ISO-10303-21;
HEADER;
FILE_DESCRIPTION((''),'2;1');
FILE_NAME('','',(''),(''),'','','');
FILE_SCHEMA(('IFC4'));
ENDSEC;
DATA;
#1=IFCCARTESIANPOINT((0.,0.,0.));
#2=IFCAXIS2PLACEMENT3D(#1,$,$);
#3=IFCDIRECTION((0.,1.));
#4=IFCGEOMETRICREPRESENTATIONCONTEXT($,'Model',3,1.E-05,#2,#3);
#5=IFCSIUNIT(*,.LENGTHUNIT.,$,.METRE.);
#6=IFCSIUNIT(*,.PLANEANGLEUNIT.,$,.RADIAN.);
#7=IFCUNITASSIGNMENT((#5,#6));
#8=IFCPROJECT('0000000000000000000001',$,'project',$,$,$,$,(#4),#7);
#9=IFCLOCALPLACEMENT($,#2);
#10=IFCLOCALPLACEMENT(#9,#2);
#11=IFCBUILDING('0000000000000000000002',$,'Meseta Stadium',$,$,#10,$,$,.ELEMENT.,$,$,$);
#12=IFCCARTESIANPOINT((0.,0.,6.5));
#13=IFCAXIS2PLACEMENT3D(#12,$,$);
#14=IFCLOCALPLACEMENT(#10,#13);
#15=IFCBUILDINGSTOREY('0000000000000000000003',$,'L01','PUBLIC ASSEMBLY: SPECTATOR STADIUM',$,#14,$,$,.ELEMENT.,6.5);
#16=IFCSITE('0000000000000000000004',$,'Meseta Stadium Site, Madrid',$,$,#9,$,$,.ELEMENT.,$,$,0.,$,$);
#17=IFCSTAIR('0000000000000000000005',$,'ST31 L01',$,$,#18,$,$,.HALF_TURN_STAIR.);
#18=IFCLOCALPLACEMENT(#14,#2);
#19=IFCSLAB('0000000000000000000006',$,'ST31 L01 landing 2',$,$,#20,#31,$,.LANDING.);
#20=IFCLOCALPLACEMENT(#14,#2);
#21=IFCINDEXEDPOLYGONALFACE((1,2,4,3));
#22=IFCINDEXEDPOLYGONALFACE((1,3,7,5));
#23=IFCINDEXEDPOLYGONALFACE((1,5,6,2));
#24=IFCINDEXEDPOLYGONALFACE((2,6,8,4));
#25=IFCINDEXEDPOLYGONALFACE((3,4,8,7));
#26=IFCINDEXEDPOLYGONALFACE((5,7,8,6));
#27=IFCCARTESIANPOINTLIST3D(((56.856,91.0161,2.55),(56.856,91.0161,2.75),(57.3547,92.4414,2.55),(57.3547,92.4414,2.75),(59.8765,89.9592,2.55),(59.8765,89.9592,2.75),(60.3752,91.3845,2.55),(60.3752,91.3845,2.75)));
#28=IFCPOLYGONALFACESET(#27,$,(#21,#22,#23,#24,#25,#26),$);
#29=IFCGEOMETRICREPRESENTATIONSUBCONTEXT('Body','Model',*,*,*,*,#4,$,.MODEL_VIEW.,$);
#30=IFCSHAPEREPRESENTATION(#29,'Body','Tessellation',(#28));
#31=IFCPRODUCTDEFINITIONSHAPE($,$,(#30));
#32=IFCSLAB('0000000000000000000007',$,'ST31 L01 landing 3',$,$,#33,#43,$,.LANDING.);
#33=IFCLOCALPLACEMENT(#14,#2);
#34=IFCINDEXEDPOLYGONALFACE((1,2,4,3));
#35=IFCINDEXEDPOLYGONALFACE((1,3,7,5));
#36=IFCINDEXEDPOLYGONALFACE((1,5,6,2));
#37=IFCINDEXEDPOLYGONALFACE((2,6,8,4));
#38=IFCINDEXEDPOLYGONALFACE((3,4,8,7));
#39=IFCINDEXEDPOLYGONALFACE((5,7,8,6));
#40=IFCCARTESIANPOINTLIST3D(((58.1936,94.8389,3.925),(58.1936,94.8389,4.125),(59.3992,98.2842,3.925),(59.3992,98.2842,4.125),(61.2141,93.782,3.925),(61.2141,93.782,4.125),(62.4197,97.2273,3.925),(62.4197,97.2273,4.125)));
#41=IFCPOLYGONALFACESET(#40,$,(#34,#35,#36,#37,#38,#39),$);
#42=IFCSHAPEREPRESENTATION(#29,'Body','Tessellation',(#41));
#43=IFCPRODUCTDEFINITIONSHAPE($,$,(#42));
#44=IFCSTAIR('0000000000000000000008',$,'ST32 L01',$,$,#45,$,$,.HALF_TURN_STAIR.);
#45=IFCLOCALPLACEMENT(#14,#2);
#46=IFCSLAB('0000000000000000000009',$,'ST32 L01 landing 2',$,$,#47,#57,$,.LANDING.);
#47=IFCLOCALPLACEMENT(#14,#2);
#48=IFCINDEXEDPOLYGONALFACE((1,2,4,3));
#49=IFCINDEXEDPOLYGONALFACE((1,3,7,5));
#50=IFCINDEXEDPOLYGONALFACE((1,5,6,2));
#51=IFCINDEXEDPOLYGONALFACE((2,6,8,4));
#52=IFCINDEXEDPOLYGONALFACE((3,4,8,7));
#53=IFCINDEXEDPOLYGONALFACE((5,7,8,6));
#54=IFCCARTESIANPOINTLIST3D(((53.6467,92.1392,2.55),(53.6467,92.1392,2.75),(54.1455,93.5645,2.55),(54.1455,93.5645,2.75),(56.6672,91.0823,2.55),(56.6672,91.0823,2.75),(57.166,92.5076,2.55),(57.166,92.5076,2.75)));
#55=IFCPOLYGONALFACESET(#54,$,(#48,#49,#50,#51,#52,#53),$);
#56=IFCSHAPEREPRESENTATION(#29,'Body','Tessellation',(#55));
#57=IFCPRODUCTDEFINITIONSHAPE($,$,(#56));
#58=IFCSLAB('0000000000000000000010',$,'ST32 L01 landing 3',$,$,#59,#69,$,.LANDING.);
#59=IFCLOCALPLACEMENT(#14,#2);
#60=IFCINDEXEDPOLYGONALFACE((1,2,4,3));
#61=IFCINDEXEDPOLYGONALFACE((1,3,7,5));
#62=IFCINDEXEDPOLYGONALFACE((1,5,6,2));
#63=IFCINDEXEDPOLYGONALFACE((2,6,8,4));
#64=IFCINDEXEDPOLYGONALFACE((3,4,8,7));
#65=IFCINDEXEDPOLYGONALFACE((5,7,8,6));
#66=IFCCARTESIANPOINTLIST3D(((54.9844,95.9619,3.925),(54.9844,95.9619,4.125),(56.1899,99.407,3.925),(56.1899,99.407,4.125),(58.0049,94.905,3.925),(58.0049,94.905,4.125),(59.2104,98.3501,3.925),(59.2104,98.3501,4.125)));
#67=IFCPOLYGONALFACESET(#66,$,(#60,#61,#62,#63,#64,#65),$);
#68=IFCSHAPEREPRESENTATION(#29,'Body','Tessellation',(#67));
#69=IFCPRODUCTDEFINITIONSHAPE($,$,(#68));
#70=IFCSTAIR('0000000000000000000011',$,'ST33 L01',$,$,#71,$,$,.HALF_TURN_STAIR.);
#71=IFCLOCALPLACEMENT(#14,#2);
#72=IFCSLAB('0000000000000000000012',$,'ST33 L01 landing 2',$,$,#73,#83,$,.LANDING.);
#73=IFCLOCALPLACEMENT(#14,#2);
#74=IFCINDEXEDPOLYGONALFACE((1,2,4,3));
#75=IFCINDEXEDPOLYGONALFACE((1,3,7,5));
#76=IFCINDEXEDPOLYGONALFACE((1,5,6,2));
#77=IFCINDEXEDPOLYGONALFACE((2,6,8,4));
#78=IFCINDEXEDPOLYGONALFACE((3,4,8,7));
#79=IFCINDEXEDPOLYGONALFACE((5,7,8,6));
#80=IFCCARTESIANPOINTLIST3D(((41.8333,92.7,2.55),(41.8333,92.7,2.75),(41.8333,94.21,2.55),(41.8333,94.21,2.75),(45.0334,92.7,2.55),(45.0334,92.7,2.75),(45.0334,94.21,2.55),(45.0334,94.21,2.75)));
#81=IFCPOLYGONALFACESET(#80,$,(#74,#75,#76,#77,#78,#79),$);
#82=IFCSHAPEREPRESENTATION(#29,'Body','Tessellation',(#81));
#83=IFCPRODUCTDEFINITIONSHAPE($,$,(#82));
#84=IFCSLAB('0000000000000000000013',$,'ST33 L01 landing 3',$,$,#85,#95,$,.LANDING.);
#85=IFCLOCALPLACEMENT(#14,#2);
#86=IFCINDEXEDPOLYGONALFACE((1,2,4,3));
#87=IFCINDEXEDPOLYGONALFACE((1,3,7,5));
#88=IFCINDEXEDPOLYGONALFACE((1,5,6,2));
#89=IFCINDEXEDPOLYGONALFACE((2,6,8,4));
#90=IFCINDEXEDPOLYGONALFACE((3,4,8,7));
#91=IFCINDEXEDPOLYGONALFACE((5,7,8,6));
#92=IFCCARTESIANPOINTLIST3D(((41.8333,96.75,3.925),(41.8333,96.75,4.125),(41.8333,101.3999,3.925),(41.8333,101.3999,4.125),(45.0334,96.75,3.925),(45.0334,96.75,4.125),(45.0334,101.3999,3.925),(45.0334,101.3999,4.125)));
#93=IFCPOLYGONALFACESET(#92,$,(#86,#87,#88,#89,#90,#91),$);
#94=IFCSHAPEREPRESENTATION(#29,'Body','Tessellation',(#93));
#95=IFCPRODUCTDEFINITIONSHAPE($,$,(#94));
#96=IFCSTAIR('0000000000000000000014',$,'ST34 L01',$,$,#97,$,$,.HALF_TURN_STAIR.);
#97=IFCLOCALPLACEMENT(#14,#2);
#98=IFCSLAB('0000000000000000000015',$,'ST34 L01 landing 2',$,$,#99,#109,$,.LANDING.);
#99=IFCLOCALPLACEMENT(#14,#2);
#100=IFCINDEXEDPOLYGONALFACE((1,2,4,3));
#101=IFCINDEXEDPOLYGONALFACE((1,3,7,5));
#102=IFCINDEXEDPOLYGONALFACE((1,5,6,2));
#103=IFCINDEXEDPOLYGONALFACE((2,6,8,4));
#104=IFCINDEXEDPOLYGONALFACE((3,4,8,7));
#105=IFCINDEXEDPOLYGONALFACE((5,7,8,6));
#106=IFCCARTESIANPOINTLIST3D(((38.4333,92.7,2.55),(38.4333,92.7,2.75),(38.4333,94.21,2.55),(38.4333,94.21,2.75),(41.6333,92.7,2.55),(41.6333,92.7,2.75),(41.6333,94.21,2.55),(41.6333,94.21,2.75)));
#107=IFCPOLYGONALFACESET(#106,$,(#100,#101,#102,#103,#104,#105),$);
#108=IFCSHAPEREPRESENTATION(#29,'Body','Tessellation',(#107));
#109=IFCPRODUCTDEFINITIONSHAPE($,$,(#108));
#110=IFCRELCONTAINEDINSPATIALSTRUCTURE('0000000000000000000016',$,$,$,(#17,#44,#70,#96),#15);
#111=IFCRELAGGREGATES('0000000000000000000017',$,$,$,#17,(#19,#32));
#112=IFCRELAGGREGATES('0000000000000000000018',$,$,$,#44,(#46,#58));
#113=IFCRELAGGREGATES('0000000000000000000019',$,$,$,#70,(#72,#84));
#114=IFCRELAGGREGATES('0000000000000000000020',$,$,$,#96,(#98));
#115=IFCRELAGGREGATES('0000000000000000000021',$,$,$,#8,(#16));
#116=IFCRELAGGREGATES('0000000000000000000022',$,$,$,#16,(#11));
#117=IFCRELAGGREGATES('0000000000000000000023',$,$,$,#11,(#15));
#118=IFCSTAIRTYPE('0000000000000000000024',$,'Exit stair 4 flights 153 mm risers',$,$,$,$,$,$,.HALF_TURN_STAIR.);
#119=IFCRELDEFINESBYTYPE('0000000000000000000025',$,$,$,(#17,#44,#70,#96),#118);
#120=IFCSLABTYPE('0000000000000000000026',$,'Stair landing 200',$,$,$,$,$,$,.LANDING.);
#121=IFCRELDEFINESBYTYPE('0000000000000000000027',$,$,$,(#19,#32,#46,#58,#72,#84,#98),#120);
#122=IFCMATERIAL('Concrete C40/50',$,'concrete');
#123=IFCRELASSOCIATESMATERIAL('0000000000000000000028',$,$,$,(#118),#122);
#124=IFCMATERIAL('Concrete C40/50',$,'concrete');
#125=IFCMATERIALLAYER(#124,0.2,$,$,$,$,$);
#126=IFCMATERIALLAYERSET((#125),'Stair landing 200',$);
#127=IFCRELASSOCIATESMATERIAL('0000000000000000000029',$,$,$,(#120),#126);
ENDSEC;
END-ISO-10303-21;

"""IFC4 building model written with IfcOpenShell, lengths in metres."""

from ifc_helpers import new_model, si_unit, direction, frame, origin, place, context, subcontext, project, spatial, polyline, outline, extrude, material, layer, layer_set, type_object, element, aggregate, save


model = new_model("IFC4")

# Units and contexts
model_context = context("Model", 3, precision=1e-05, world=origin(), true_north=direction((0.0, 1.0)))
body_context = subcontext(model_context, "Body", "Model", "MODEL_VIEW")
ifc_project = project(units=[si_unit("LENGTHUNIT", "METRE"), si_unit("PLANEANGLEUNIT", "RADIAN")], contexts=[model_context])

# Site, building, storey
site_placement = place(None, origin())
site = spatial("IfcSite", under=ifc_project, at=site_placement, Name="Meseta Stadium Site, Madrid", CompositionType="ELEMENT", RefElevation=0.0)
building_placement = place(site_placement, origin())
building = spatial("IfcBuilding", under=site, at=building_placement, Name="Meseta Stadium", CompositionType="ELEMENT")
storey_placement = place(building_placement, frame((0.0, 0.0, 6.5)))
storey = spatial("IfcBuildingStorey", under=building, at=storey_placement, Name="L01", Description="PUBLIC ASSEMBLY: SPECTATOR STADIUM", CompositionType="ELEMENT", Elevation=6.5)

# Shared definitions
ifc_material_1 = material(Name="Concrete C40/50", Category="concrete")
stair_type = type_object("IfcStairType", Name="Exit stair 4 flights 153 mm risers", PredefinedType="HALF_TURN_STAIR", material=ifc_material_1)
ifc_material_2 = material(Name="Concrete C40/50", Category="concrete")
ifc_layer = layer(ifc_material_2, 0.2)
ifc_layer_set = layer_set([ifc_layer], Name="Stair landing 200")
slab_type = type_object("IfcSlabType", Name="Stair landing 200", PredefinedType="LANDING", material=ifc_layer_set)

# Stairs, slabs
stair_1_placement = place(storey_placement, origin())
stair_1 = element("IfcStair", 1, at=stair_1_placement, inside=storey, type_object=stair_type, Name="ST31 L01", PredefinedType="HALF_TURN_STAIR")
slab_1_placement = place(storey_placement, frame((0.0, 0.0, 2.55)))
slab_1 = element("IfcSlab", 2, at=slab_1_placement, type_object=slab_type, Name="ST31 L01 landing 2", PredefinedType="LANDING", context=body_context, shape_type="SweptSolid", body=[
    extrude(outline(polyline([(59.8765, 89.9592), (60.3752, 91.3845), (57.3547, 92.4414), (56.856, 91.0161), (59.8765, 89.9592)])), origin(), (0.0, 0.0, 1.0), 0.2),
])
slab_2_placement = place(storey_placement, frame((0.0, 0.0, 3.925)))
slab_2 = element("IfcSlab", 3, at=slab_2_placement, type_object=slab_type, Name="ST31 L01 landing 3", PredefinedType="LANDING", context=body_context, shape_type="SweptSolid", body=[
    extrude(outline(polyline([(61.2141, 93.782), (62.4197, 97.2273), (59.3992, 98.2842), (58.1936, 94.8389), (61.2141, 93.782)])), origin(), (0.0, 0.0, 1.0), 0.2),
])
aggregate(stair_1, [slab_1, slab_2])
stair_2_placement = place(storey_placement, origin())
stair_2 = element("IfcStair", 4, at=stair_2_placement, inside=storey, type_object=stair_type, Name="ST32 L01", PredefinedType="HALF_TURN_STAIR")
slab_3_placement = place(storey_placement, frame((0.0, 0.0, 2.55)))
slab_3 = element("IfcSlab", 5, at=slab_3_placement, type_object=slab_type, Name="ST32 L01 landing 2", PredefinedType="LANDING", context=body_context, shape_type="SweptSolid", body=[
    extrude(outline(polyline([(56.6672, 91.0823), (57.166, 92.5076), (54.1455, 93.5645), (53.6467, 92.1392), (56.6672, 91.0823)])), origin(), (0.0, 0.0, 1.0), 0.2),
])
slab_4_placement = place(storey_placement, frame((0.0, 0.0, 3.925)))
slab_4 = element("IfcSlab", 6, at=slab_4_placement, type_object=slab_type, Name="ST32 L01 landing 3", PredefinedType="LANDING", context=body_context, shape_type="SweptSolid", body=[
    extrude(outline(polyline([(58.0049, 94.905), (59.2104, 98.3501), (56.1899, 99.407), (54.9844, 95.9619), (58.0049, 94.905)])), origin(), (0.0, 0.0, 1.0), 0.2),
])
aggregate(stair_2, [slab_3, slab_4])
stair_3_placement = place(storey_placement, origin())
stair_3 = element("IfcStair", 7, at=stair_3_placement, inside=storey, type_object=stair_type, Name="ST33 L01", PredefinedType="HALF_TURN_STAIR")
slab_5_placement = place(storey_placement, frame((0.0, 0.0, 2.55)))
slab_5 = element("IfcSlab", 8, at=slab_5_placement, type_object=slab_type, Name="ST33 L01 landing 2", PredefinedType="LANDING", context=body_context, shape_type="SweptSolid", body=[
    extrude(outline(polyline([(45.0334, 92.7), (45.0334, 94.21), (41.8333, 94.21), (41.8333, 92.7), (45.0334, 92.7)])), origin(), (0.0, 0.0, 1.0), 0.2),
])
slab_6_placement = place(storey_placement, frame((0.0, 0.0, 3.925)))
slab_6 = element("IfcSlab", 9, at=slab_6_placement, type_object=slab_type, Name="ST33 L01 landing 3", PredefinedType="LANDING", context=body_context, shape_type="SweptSolid", body=[
    extrude(outline(polyline([(45.0334, 96.75), (45.0334, 101.3999), (41.8333, 101.3999), (41.8333, 96.75), (45.0334, 96.75)])), origin(), (0.0, 0.0, 1.0), 0.2),
])
aggregate(stair_3, [slab_5, slab_6])

# Stair, slab
stair_4_placement = place(storey_placement, origin())
stair_4 = element("IfcStair", 10, at=stair_4_placement, inside=storey, type_object=stair_type, Name="ST34 L01", PredefinedType="HALF_TURN_STAIR")
slab_7_placement = place(storey_placement, frame((0.0, 0.0, 2.55)))
slab_7 = element("IfcSlab", 11, at=slab_7_placement, type_object=slab_type, Name="ST34 L01 landing 2", PredefinedType="LANDING", context=body_context, shape_type="SweptSolid", body=[
    extrude(outline(polyline([(41.6333, 92.7), (41.6333, 94.21), (38.4333, 94.21), (38.4333, 92.7), (41.6333, 92.7)])), origin(), (0.0, 0.0, 1.0), 0.2),
])
aggregate(stair_4, [slab_7])

save(model, "model.ifc")
